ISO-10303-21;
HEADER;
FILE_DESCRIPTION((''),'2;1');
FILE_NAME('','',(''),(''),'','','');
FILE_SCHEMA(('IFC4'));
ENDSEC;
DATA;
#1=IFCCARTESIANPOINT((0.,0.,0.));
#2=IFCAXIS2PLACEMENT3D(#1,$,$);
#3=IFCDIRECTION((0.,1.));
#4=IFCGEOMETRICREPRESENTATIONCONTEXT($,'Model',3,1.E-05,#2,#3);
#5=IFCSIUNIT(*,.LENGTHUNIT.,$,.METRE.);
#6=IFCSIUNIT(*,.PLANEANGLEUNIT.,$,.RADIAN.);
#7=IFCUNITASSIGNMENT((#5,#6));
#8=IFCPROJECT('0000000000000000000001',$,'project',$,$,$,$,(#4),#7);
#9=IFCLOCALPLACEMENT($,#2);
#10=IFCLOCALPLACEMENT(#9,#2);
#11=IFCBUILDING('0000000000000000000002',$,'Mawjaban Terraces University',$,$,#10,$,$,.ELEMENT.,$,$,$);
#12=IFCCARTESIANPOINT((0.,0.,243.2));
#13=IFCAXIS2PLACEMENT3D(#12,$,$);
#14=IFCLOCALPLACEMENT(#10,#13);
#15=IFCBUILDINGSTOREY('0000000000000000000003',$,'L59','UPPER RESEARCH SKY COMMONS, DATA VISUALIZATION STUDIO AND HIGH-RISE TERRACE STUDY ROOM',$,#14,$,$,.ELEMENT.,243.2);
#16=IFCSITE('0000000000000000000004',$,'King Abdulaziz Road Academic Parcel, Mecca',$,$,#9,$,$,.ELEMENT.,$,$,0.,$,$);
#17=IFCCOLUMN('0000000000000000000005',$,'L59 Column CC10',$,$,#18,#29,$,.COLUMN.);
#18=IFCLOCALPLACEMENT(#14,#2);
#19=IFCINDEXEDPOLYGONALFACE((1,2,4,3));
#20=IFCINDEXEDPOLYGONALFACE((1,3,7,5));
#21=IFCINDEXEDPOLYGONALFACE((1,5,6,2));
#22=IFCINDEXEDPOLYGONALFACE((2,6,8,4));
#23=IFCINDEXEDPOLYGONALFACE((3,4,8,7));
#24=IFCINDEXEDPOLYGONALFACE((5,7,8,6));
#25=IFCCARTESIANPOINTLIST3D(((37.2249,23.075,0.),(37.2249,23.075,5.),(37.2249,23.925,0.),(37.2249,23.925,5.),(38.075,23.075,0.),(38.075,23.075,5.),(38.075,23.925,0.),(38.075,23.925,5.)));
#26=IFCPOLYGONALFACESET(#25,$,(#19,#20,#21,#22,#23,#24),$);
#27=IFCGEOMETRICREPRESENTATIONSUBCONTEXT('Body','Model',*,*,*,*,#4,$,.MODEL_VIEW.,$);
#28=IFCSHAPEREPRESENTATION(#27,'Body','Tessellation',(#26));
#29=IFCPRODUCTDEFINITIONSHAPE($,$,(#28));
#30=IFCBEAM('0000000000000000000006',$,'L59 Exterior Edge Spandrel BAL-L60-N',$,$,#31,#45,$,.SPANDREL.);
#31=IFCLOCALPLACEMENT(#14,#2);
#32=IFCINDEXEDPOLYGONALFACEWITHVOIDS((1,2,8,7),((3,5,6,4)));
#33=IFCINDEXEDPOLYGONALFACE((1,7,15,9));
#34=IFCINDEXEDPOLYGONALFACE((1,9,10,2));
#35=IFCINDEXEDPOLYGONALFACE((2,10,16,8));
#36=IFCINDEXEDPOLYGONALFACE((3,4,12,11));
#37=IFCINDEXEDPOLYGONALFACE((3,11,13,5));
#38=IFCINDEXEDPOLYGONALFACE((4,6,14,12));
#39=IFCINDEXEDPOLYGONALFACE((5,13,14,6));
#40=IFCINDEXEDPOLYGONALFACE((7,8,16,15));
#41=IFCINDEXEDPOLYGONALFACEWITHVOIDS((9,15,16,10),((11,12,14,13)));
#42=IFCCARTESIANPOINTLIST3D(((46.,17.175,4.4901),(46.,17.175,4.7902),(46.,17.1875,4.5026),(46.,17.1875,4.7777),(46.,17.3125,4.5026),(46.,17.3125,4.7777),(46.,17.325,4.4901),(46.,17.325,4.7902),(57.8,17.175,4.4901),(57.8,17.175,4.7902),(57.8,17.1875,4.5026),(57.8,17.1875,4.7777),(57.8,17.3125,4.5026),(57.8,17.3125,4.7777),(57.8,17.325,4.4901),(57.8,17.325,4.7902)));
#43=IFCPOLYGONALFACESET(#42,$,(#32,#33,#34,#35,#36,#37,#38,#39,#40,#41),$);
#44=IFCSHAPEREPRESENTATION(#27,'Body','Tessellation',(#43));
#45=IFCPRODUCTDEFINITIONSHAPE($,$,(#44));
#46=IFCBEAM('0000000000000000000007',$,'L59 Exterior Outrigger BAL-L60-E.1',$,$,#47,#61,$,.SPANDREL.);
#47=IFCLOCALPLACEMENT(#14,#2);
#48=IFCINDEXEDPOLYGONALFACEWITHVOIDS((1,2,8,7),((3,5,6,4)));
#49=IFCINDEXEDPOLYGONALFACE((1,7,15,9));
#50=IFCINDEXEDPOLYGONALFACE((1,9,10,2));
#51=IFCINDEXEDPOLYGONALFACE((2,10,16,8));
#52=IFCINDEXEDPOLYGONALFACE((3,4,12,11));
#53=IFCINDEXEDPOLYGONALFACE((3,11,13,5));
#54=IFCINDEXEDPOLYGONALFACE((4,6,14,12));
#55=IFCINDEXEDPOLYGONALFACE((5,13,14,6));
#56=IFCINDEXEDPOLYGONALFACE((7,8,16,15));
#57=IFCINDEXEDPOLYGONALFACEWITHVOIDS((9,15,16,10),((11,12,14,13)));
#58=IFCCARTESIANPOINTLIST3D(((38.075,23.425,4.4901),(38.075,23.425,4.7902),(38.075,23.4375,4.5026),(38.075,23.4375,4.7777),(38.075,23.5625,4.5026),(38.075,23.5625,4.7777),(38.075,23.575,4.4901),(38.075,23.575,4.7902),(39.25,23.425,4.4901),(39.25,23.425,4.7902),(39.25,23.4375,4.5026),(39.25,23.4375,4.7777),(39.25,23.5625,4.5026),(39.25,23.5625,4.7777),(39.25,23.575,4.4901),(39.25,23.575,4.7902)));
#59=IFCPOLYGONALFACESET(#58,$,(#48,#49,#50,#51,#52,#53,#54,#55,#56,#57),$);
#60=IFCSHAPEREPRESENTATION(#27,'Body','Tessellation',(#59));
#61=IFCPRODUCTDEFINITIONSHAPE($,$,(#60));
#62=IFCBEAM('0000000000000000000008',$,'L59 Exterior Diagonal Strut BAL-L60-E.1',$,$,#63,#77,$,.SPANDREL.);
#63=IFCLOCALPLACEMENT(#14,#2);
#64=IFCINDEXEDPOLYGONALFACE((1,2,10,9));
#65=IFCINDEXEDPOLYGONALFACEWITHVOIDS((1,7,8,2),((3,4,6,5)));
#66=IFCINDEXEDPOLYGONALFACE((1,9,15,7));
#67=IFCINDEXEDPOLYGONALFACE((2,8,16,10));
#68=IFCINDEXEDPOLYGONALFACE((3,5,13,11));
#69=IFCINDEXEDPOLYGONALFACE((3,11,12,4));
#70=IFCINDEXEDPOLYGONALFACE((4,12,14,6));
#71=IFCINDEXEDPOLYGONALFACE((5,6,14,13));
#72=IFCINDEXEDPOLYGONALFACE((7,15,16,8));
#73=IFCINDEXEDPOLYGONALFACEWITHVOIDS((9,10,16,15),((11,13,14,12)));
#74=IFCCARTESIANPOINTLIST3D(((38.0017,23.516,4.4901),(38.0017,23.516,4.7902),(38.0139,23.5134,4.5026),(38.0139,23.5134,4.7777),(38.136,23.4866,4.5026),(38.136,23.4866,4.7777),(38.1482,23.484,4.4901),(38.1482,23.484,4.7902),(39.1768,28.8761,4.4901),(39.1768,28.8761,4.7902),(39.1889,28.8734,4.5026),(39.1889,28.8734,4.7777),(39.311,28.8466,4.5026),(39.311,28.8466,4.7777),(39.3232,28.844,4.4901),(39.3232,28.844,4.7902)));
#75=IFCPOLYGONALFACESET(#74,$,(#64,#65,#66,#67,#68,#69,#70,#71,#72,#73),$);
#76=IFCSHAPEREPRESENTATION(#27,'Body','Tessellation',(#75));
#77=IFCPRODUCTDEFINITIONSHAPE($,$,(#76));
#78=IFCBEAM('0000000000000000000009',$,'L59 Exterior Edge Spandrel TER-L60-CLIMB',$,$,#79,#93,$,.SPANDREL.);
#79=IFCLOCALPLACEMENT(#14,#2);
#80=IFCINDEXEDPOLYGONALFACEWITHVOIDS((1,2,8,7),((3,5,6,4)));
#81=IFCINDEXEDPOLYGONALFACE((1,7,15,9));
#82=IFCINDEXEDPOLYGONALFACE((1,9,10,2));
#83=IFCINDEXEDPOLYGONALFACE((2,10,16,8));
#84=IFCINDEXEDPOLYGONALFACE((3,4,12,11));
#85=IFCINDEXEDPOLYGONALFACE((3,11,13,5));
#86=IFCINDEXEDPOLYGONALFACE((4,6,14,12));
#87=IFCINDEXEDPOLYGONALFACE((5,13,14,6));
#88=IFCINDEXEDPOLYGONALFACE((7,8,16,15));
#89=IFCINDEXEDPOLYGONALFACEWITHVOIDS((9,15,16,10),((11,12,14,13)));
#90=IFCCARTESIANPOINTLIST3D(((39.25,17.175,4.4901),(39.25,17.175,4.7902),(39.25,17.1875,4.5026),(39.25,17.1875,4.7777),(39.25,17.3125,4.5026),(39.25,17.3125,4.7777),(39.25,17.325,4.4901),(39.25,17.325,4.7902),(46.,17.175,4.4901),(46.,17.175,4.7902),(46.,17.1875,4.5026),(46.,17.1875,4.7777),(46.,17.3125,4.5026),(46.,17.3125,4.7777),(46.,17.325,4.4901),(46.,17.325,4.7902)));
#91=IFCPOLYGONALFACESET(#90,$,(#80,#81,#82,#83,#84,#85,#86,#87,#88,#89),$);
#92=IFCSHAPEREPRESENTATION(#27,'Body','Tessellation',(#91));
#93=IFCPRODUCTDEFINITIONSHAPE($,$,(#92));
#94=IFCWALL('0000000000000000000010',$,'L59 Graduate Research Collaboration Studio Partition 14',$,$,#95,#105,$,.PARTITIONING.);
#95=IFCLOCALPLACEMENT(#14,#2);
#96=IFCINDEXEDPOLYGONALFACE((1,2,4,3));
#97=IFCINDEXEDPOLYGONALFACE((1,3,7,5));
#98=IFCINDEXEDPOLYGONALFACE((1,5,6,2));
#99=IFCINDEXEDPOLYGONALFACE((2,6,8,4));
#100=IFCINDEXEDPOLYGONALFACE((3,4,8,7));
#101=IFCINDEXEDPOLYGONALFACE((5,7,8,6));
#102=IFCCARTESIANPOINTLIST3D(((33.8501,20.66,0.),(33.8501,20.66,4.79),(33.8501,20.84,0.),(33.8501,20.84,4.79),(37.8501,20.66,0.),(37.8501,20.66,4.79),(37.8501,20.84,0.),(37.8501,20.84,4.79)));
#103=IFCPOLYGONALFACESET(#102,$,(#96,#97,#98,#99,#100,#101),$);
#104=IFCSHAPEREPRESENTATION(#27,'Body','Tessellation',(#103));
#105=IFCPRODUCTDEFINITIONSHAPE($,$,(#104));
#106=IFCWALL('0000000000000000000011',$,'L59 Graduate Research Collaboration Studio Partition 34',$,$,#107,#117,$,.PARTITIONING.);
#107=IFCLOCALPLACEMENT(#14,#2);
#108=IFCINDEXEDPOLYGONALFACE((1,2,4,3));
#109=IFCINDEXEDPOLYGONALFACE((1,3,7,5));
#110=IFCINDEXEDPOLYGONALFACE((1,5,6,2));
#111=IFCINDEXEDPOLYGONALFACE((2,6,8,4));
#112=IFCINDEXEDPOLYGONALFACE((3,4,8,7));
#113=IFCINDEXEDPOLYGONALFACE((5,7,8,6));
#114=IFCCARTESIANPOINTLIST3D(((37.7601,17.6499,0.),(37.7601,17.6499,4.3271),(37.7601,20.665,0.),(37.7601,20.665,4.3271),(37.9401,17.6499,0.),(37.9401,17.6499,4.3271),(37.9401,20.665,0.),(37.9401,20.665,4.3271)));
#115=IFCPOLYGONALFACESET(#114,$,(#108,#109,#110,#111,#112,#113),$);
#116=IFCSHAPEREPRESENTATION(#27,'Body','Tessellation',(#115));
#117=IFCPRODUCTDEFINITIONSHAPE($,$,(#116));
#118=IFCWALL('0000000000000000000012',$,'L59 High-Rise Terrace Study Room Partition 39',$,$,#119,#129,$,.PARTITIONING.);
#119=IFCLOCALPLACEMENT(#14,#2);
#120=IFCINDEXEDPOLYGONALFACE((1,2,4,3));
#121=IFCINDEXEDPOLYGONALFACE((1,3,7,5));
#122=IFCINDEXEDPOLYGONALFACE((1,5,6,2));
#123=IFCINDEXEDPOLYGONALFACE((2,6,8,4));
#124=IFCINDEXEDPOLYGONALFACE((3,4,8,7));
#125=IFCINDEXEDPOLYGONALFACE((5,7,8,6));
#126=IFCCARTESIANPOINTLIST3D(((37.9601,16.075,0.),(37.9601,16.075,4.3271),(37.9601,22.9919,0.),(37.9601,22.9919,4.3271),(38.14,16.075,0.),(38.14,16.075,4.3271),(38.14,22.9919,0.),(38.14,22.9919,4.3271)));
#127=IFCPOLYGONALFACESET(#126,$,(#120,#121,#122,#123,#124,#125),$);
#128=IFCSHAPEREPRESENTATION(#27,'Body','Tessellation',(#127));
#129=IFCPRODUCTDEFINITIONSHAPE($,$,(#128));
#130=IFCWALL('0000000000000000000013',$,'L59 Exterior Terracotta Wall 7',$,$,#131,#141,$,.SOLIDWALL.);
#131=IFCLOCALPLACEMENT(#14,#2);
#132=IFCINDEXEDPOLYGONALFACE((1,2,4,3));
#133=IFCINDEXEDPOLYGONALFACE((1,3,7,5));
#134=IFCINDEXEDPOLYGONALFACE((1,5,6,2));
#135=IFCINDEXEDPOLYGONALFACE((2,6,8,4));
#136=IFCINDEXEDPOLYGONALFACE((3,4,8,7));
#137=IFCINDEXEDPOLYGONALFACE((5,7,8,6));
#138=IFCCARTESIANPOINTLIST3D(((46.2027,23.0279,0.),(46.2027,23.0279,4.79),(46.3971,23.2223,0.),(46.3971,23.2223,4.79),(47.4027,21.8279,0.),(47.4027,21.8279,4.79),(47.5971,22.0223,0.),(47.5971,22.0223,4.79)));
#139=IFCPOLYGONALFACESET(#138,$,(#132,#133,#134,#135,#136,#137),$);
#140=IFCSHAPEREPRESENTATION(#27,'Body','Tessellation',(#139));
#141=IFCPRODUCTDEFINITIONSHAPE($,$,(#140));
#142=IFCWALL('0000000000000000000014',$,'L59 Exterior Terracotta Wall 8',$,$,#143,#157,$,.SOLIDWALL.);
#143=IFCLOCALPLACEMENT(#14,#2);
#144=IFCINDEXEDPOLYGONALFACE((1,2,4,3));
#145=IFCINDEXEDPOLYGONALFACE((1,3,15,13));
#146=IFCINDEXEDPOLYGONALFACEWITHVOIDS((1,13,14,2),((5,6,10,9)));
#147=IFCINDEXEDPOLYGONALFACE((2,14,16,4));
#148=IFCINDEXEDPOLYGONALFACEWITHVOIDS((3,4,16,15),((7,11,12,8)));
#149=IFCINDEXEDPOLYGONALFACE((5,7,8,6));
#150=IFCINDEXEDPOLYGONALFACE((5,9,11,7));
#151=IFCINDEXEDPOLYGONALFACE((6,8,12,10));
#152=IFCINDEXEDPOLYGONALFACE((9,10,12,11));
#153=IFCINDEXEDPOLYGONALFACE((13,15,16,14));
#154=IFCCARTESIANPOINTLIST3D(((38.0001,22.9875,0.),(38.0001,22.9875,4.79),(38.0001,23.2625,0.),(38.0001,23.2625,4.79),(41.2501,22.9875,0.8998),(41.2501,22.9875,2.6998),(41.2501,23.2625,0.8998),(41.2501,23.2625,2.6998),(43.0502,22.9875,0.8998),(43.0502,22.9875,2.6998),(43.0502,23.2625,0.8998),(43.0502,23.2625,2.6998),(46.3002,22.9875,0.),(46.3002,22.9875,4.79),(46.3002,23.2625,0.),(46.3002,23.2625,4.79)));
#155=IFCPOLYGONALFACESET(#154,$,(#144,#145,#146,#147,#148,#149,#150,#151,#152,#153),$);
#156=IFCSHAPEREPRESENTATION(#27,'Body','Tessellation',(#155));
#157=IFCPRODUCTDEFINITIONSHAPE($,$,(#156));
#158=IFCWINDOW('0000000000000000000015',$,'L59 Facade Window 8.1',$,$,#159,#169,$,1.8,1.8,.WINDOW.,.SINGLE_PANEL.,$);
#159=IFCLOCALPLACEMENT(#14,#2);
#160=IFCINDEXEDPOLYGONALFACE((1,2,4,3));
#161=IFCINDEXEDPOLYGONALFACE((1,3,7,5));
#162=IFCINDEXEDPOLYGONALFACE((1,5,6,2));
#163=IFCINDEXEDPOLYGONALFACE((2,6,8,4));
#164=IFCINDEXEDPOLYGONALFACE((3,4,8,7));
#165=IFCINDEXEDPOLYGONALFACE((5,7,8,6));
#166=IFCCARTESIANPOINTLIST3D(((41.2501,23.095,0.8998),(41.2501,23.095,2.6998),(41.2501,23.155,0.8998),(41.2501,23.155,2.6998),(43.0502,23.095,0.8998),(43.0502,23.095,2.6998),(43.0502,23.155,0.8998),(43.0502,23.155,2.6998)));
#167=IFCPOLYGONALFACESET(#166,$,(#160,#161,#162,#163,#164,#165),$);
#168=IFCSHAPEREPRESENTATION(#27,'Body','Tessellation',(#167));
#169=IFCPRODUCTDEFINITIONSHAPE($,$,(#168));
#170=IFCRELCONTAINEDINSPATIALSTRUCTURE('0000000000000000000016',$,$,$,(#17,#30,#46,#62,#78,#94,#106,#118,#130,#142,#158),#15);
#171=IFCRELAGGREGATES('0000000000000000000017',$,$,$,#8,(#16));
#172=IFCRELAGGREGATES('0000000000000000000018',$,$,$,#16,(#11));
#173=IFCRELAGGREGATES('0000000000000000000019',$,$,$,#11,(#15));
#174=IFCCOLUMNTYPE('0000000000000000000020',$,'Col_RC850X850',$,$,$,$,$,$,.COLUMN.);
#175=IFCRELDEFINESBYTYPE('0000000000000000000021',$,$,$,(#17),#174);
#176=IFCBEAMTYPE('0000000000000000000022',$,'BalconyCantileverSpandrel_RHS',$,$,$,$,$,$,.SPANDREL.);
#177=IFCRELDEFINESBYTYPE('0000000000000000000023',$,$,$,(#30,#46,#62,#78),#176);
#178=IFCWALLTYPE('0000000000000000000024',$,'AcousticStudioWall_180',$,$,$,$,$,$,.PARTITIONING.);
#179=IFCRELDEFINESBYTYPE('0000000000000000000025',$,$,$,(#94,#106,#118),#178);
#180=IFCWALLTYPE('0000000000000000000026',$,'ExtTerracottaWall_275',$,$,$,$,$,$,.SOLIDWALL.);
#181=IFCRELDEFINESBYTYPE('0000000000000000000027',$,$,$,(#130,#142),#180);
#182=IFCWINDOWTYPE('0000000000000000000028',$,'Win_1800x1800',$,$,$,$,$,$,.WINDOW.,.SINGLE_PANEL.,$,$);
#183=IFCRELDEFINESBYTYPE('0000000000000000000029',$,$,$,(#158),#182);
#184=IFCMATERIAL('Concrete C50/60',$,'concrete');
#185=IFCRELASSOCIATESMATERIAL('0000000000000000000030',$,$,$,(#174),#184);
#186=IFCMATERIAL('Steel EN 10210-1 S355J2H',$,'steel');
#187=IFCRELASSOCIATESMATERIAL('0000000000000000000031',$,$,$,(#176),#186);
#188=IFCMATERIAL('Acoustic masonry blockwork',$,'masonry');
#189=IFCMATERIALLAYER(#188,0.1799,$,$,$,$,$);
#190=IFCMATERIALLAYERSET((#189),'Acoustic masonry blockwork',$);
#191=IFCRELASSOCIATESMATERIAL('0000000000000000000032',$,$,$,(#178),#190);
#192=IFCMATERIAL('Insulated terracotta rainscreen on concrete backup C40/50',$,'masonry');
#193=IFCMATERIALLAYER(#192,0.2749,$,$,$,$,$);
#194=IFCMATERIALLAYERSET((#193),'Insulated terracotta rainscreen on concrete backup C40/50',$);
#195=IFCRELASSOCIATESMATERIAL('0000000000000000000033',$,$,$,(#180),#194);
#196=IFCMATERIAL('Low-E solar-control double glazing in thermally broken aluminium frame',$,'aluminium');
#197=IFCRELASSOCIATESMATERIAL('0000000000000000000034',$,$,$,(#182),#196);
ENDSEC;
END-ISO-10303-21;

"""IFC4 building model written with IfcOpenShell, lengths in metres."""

from ifc_helpers import new_model, si_unit, direction, frame, frame_2d, origin, origin_2d, place, context, subcontext, project, spatial, rectangle, hollow_rectangle, extrude, material, layer, layer_set, material_profile, profile_set, type_object, element, fill, save


model = new_model("IFC4")

# Units and contexts
model_context = context("Model", 3, precision=1e-05, world=origin(), true_north=direction((0.0, 1.0)))
body_context = subcontext(model_context, "Body", "Model", "MODEL_VIEW")
ifc_project = project(units=[si_unit("LENGTHUNIT", "METRE"), si_unit("PLANEANGLEUNIT", "RADIAN")], contexts=[model_context])

# Site, building, storey
site_placement = place(None, origin())
site = spatial("IfcSite", under=ifc_project, at=site_placement, Name="King Abdulaziz Road Academic Parcel, Mecca", CompositionType="ELEMENT", RefElevation=0.0)
building_placement = place(site_placement, origin())
building = spatial("IfcBuilding", under=site, at=building_placement, Name="Mawjaban Terraces University", CompositionType="ELEMENT")
storey_placement = place(building_placement, frame((0.0, 0.0, 243.2)))
storey = spatial("IfcBuildingStorey", under=building, at=storey_placement, Name="L59", Description="UPPER RESEARCH SKY COMMONS, DATA VISUALIZATION STUDIO AND HIGH-RISE TERRACE STUDY ROOM", CompositionType="ELEMENT", Elevation=243.2)

# Column
ifc_material_1 = material(Name="Concrete C50/60", Category="concrete")
ifc_material_profile_1 = material_profile(ifc_material_1, rectangle(XDim=0.8501, YDim=0.8501, at=origin_2d()), Name="RC850X850")
ifc_profile_set_1 = profile_set([ifc_material_profile_1], Name="Concrete C50/60")
column_type = type_object("IfcColumnType", Name="Col_RC850X850", PredefinedType="COLUMN", material=ifc_profile_set_1)
column_placement = place(storey_placement, frame((37.6499, 23.5, 0.0), z_axis=(0.0, 0.0, 1.0), x_axis=(1.0, 0.0, 0.0)))
element("IfcColumn", 1, at=column_placement, inside=storey, type_object=column_type, Name="L59 Column CC10", PredefinedType="COLUMN", context=body_context, shape_type="SweptSolid", body=[
    extrude(rectangle(XDim=0.8501, YDim=0.8501, at=origin_2d()), origin(), (0.0, 0.0, 1.0), 5.0),
])

# Beams
ifc_material_2 = material(Name="Steel EN 10210-1 S355J2H", Category="steel")
ifc_material_profile_2 = material_profile(ifc_material_2, hollow_rectangle(XDim=0.1499, YDim=0.3, WallThickness=0.0125, at=origin_2d()), Name="RHS300X150X12.5")
ifc_profile_set_2 = profile_set([ifc_material_profile_2], Name="Steel EN 10210-1 S355J2H")
beam_type = type_object("IfcBeamType", Name="BalconyCantileverSpandrel_RHS", PredefinedType="SPANDREL", material=ifc_profile_set_2)
beam_1_placement = place(storey_placement, frame((46.0, 17.25, 4.6401), z_axis=(1.0, 0.0, 0.0), x_axis=(0.0, 1.0, 0.0)))
element("IfcBeam", 2, at=beam_1_placement, inside=storey, type_object=beam_type, Name="L59 Exterior Edge Spandrel BAL-L60-N", PredefinedType="SPANDREL", context=body_context, shape_type="SweptSolid", body=[
    extrude(hollow_rectangle(XDim=0.1499, YDim=0.3, WallThickness=0.0125, at=origin_2d()), origin(), (0.0, 0.0, 1.0), 11.8),
])
beam_2_placement = place(storey_placement, frame((38.075, 23.5, 4.6401), z_axis=(1.0, 0.0, 0.0), x_axis=(0.0, 1.0, 0.0)))
element("IfcBeam", 3, at=beam_2_placement, inside=storey, type_object=beam_type, Name="L59 Exterior Outrigger BAL-L60-E.1", PredefinedType="SPANDREL", context=body_context, shape_type="SweptSolid", body=[
    extrude(hollow_rectangle(XDim=0.1499, YDim=0.3, WallThickness=0.0125, at=origin_2d()), origin(), (0.0, 0.0, 1.0), 1.175),
])
beam_3_placement = place(storey_placement, frame((38.075, 23.5, 4.6401), z_axis=(0.214136, 0.976804, 0.0), x_axis=(-0.976804, 0.214136, 0.0)))
element("IfcBeam", 4, at=beam_3_placement, inside=storey, type_object=beam_type, Name="L59 Exterior Diagonal Strut BAL-L60-E.1", PredefinedType="SPANDREL", context=body_context, shape_type="SweptSolid", body=[
    extrude(hollow_rectangle(XDim=0.1499, YDim=0.3, WallThickness=0.0125, at=origin_2d()), origin(), (0.0, 0.0, 1.0), 5.4873),
])
beam_4_placement = place(storey_placement, frame((39.25, 17.25, 4.6401), z_axis=(1.0, 0.0, 0.0), x_axis=(0.0, 1.0, 0.0)))
element("IfcBeam", 5, at=beam_4_placement, inside=storey, type_object=beam_type, Name="L59 Exterior Edge Spandrel TER-L60-CLIMB", PredefinedType="SPANDREL", context=body_context, shape_type="SweptSolid", body=[
    extrude(hollow_rectangle(XDim=0.1499, YDim=0.3, WallThickness=0.0125, at=origin_2d()), origin(), (0.0, 0.0, 1.0), 6.75),
])

# Walls
ifc_material_3 = material(Name="Acoustic masonry blockwork", Category="masonry")
ifc_layer_1 = layer(ifc_material_3, 0.1799)
ifc_layer_set_1 = layer_set([ifc_layer_1], Name="Acoustic masonry blockwork")
wall_type_1 = type_object("IfcWallType", Name="AcousticStudioWall_180", PredefinedType="PARTITIONING", material=ifc_layer_set_1)
wall_1_placement = place(storey_placement, frame((37.8501, 20.75, 0.0), z_axis=(0.0, 0.0, 1.0), x_axis=(-1.0, 0.0, 0.0)))
element("IfcWall", 6, at=wall_1_placement, inside=storey, type_object=wall_type_1, Name="L59 Graduate Research Collaboration Studio Partition 14", PredefinedType="PARTITIONING", context=body_context, shape_type="SweptSolid", body=[
    extrude(rectangle(XDim=4.0, YDim=0.1799, at=frame_2d((2.0, 0.0))), origin(), (0.0, 0.0, 1.0), 4.79),
])
wall_2_placement = place(storey_placement, frame((37.8501, 17.6499, 0.0), z_axis=(0.0, 0.0, 1.0), x_axis=(0.0, 1.0, 0.0)))
element("IfcWall", 7, at=wall_2_placement, inside=storey, type_object=wall_type_1, Name="L59 Graduate Research Collaboration Studio Partition 34", PredefinedType="PARTITIONING", context=body_context, shape_type="SweptSolid", body=[
    extrude(rectangle(XDim=3.0151, YDim=0.1799, at=frame_2d((1.5076, 0.0))), origin(), (0.0, 0.0, 1.0), 4.3271),
])
wall_3_placement = place(storey_placement, frame((38.05, 22.9919, 0.0), z_axis=(0.0, 0.0, 1.0), x_axis=(0.0, -1.0, 0.0)))
element("IfcWall", 8, at=wall_3_placement, inside=storey, type_object=wall_type_1, Name="L59 High-Rise Terrace Study Room Partition 39", PredefinedType="PARTITIONING", context=body_context, shape_type="SweptSolid", body=[
    extrude(rectangle(XDim=6.917, YDim=0.1799, at=frame_2d((3.4585, 0.0))), origin(), (0.0, 0.0, 1.0), 4.3271),
])
ifc_material_4 = material(Name="Insulated terracotta rainscreen on concrete backup C40/50", Category="masonry")
ifc_layer_2 = layer(ifc_material_4, 0.2749)
ifc_layer_set_2 = layer_set([ifc_layer_2], Name="Insulated terracotta rainscreen on concrete backup C40/50")
wall_type_2 = type_object("IfcWallType", Name="ExtTerracottaWall_275", PredefinedType="SOLIDWALL", material=ifc_layer_set_2)
wall_4_placement = place(storey_placement, frame((47.5, 21.925, 0.0), z_axis=(0.0, 0.0, 1.0), x_axis=(-0.707107, 0.707107, 0.0)))
element("IfcWall", 9, at=wall_4_placement, inside=storey, type_object=wall_type_2, Name="L59 Exterior Terracotta Wall 7", PredefinedType="SOLIDWALL", context=body_context, shape_type="SweptSolid", body=[
    extrude(rectangle(XDim=1.697, YDim=0.2749, at=frame_2d((0.8486, 0.0))), origin(), (0.0, 0.0, 1.0), 4.79),
])

# Wall, opening, window
wall_5_placement = place(storey_placement, frame((46.3, 23.125, 0.0), z_axis=(0.0, 0.0, 1.0), x_axis=(-1.0, 0.0, 0.0)))
wall_5 = element("IfcWall", 10, at=wall_5_placement, inside=storey, type_object=wall_type_2, Name="L59 Exterior Terracotta Wall 8", PredefinedType="SOLIDWALL", context=body_context, shape_type="SweptSolid", body=[
    extrude(rectangle(XDim=8.3, YDim=0.2749, at=frame_2d((4.1499, 0.0))), origin(), (0.0, 0.0, 1.0), 4.79),
])
opening_1_placement = place(wall_5_placement, frame((3.25, 0.0, 0.8999)))
opening_1 = element("IfcOpeningElement", 11, at=opening_1_placement, cuts=wall_5, PredefinedType="OPENING", context=body_context, shape_type="SweptSolid", body=[
    extrude(rectangle(XDim=1.8, YDim=1.8, at=frame_2d((0.8999, 0.8999))), frame((0.0, 0.1475, 0.0), z_axis=(0.0, -1.0, 0.0), x_axis=(1.0, 0.0, 0.0)), (0.0, 0.0, 1.0), 0.2949),
])
ifc_material_5 = material(Name="Low-E solar-control double glazing in thermally broken aluminium frame", Category="aluminium")
window_type = type_object("IfcWindowType", Name="Win_1800x1800", PartitioningType="SINGLE_PANEL", PredefinedType="WINDOW", material=ifc_material_5)
window_placement = place(opening_1_placement, origin())
window = element("IfcWindow", 12, at=window_placement, inside=storey, type_object=window_type, Name="L59 Facade Window 8.1", OverallHeight=1.8, OverallWidth=1.8, PartitioningType="SINGLE_PANEL", PredefinedType="WINDOW", context=body_context, shape_type="SweptSolid", body=[
    extrude(rectangle(XDim=1.8, YDim=1.8, at=frame_2d((0.8999, 0.8999))), frame((0.0, 0.03, 0.0), z_axis=(0.0, -1.0, 0.0), x_axis=(1.0, 0.0, 0.0)), (0.0, 0.0, 1.0), 0.0601),
])
fill(opening_1, window)

save(model, "model.ifc")
